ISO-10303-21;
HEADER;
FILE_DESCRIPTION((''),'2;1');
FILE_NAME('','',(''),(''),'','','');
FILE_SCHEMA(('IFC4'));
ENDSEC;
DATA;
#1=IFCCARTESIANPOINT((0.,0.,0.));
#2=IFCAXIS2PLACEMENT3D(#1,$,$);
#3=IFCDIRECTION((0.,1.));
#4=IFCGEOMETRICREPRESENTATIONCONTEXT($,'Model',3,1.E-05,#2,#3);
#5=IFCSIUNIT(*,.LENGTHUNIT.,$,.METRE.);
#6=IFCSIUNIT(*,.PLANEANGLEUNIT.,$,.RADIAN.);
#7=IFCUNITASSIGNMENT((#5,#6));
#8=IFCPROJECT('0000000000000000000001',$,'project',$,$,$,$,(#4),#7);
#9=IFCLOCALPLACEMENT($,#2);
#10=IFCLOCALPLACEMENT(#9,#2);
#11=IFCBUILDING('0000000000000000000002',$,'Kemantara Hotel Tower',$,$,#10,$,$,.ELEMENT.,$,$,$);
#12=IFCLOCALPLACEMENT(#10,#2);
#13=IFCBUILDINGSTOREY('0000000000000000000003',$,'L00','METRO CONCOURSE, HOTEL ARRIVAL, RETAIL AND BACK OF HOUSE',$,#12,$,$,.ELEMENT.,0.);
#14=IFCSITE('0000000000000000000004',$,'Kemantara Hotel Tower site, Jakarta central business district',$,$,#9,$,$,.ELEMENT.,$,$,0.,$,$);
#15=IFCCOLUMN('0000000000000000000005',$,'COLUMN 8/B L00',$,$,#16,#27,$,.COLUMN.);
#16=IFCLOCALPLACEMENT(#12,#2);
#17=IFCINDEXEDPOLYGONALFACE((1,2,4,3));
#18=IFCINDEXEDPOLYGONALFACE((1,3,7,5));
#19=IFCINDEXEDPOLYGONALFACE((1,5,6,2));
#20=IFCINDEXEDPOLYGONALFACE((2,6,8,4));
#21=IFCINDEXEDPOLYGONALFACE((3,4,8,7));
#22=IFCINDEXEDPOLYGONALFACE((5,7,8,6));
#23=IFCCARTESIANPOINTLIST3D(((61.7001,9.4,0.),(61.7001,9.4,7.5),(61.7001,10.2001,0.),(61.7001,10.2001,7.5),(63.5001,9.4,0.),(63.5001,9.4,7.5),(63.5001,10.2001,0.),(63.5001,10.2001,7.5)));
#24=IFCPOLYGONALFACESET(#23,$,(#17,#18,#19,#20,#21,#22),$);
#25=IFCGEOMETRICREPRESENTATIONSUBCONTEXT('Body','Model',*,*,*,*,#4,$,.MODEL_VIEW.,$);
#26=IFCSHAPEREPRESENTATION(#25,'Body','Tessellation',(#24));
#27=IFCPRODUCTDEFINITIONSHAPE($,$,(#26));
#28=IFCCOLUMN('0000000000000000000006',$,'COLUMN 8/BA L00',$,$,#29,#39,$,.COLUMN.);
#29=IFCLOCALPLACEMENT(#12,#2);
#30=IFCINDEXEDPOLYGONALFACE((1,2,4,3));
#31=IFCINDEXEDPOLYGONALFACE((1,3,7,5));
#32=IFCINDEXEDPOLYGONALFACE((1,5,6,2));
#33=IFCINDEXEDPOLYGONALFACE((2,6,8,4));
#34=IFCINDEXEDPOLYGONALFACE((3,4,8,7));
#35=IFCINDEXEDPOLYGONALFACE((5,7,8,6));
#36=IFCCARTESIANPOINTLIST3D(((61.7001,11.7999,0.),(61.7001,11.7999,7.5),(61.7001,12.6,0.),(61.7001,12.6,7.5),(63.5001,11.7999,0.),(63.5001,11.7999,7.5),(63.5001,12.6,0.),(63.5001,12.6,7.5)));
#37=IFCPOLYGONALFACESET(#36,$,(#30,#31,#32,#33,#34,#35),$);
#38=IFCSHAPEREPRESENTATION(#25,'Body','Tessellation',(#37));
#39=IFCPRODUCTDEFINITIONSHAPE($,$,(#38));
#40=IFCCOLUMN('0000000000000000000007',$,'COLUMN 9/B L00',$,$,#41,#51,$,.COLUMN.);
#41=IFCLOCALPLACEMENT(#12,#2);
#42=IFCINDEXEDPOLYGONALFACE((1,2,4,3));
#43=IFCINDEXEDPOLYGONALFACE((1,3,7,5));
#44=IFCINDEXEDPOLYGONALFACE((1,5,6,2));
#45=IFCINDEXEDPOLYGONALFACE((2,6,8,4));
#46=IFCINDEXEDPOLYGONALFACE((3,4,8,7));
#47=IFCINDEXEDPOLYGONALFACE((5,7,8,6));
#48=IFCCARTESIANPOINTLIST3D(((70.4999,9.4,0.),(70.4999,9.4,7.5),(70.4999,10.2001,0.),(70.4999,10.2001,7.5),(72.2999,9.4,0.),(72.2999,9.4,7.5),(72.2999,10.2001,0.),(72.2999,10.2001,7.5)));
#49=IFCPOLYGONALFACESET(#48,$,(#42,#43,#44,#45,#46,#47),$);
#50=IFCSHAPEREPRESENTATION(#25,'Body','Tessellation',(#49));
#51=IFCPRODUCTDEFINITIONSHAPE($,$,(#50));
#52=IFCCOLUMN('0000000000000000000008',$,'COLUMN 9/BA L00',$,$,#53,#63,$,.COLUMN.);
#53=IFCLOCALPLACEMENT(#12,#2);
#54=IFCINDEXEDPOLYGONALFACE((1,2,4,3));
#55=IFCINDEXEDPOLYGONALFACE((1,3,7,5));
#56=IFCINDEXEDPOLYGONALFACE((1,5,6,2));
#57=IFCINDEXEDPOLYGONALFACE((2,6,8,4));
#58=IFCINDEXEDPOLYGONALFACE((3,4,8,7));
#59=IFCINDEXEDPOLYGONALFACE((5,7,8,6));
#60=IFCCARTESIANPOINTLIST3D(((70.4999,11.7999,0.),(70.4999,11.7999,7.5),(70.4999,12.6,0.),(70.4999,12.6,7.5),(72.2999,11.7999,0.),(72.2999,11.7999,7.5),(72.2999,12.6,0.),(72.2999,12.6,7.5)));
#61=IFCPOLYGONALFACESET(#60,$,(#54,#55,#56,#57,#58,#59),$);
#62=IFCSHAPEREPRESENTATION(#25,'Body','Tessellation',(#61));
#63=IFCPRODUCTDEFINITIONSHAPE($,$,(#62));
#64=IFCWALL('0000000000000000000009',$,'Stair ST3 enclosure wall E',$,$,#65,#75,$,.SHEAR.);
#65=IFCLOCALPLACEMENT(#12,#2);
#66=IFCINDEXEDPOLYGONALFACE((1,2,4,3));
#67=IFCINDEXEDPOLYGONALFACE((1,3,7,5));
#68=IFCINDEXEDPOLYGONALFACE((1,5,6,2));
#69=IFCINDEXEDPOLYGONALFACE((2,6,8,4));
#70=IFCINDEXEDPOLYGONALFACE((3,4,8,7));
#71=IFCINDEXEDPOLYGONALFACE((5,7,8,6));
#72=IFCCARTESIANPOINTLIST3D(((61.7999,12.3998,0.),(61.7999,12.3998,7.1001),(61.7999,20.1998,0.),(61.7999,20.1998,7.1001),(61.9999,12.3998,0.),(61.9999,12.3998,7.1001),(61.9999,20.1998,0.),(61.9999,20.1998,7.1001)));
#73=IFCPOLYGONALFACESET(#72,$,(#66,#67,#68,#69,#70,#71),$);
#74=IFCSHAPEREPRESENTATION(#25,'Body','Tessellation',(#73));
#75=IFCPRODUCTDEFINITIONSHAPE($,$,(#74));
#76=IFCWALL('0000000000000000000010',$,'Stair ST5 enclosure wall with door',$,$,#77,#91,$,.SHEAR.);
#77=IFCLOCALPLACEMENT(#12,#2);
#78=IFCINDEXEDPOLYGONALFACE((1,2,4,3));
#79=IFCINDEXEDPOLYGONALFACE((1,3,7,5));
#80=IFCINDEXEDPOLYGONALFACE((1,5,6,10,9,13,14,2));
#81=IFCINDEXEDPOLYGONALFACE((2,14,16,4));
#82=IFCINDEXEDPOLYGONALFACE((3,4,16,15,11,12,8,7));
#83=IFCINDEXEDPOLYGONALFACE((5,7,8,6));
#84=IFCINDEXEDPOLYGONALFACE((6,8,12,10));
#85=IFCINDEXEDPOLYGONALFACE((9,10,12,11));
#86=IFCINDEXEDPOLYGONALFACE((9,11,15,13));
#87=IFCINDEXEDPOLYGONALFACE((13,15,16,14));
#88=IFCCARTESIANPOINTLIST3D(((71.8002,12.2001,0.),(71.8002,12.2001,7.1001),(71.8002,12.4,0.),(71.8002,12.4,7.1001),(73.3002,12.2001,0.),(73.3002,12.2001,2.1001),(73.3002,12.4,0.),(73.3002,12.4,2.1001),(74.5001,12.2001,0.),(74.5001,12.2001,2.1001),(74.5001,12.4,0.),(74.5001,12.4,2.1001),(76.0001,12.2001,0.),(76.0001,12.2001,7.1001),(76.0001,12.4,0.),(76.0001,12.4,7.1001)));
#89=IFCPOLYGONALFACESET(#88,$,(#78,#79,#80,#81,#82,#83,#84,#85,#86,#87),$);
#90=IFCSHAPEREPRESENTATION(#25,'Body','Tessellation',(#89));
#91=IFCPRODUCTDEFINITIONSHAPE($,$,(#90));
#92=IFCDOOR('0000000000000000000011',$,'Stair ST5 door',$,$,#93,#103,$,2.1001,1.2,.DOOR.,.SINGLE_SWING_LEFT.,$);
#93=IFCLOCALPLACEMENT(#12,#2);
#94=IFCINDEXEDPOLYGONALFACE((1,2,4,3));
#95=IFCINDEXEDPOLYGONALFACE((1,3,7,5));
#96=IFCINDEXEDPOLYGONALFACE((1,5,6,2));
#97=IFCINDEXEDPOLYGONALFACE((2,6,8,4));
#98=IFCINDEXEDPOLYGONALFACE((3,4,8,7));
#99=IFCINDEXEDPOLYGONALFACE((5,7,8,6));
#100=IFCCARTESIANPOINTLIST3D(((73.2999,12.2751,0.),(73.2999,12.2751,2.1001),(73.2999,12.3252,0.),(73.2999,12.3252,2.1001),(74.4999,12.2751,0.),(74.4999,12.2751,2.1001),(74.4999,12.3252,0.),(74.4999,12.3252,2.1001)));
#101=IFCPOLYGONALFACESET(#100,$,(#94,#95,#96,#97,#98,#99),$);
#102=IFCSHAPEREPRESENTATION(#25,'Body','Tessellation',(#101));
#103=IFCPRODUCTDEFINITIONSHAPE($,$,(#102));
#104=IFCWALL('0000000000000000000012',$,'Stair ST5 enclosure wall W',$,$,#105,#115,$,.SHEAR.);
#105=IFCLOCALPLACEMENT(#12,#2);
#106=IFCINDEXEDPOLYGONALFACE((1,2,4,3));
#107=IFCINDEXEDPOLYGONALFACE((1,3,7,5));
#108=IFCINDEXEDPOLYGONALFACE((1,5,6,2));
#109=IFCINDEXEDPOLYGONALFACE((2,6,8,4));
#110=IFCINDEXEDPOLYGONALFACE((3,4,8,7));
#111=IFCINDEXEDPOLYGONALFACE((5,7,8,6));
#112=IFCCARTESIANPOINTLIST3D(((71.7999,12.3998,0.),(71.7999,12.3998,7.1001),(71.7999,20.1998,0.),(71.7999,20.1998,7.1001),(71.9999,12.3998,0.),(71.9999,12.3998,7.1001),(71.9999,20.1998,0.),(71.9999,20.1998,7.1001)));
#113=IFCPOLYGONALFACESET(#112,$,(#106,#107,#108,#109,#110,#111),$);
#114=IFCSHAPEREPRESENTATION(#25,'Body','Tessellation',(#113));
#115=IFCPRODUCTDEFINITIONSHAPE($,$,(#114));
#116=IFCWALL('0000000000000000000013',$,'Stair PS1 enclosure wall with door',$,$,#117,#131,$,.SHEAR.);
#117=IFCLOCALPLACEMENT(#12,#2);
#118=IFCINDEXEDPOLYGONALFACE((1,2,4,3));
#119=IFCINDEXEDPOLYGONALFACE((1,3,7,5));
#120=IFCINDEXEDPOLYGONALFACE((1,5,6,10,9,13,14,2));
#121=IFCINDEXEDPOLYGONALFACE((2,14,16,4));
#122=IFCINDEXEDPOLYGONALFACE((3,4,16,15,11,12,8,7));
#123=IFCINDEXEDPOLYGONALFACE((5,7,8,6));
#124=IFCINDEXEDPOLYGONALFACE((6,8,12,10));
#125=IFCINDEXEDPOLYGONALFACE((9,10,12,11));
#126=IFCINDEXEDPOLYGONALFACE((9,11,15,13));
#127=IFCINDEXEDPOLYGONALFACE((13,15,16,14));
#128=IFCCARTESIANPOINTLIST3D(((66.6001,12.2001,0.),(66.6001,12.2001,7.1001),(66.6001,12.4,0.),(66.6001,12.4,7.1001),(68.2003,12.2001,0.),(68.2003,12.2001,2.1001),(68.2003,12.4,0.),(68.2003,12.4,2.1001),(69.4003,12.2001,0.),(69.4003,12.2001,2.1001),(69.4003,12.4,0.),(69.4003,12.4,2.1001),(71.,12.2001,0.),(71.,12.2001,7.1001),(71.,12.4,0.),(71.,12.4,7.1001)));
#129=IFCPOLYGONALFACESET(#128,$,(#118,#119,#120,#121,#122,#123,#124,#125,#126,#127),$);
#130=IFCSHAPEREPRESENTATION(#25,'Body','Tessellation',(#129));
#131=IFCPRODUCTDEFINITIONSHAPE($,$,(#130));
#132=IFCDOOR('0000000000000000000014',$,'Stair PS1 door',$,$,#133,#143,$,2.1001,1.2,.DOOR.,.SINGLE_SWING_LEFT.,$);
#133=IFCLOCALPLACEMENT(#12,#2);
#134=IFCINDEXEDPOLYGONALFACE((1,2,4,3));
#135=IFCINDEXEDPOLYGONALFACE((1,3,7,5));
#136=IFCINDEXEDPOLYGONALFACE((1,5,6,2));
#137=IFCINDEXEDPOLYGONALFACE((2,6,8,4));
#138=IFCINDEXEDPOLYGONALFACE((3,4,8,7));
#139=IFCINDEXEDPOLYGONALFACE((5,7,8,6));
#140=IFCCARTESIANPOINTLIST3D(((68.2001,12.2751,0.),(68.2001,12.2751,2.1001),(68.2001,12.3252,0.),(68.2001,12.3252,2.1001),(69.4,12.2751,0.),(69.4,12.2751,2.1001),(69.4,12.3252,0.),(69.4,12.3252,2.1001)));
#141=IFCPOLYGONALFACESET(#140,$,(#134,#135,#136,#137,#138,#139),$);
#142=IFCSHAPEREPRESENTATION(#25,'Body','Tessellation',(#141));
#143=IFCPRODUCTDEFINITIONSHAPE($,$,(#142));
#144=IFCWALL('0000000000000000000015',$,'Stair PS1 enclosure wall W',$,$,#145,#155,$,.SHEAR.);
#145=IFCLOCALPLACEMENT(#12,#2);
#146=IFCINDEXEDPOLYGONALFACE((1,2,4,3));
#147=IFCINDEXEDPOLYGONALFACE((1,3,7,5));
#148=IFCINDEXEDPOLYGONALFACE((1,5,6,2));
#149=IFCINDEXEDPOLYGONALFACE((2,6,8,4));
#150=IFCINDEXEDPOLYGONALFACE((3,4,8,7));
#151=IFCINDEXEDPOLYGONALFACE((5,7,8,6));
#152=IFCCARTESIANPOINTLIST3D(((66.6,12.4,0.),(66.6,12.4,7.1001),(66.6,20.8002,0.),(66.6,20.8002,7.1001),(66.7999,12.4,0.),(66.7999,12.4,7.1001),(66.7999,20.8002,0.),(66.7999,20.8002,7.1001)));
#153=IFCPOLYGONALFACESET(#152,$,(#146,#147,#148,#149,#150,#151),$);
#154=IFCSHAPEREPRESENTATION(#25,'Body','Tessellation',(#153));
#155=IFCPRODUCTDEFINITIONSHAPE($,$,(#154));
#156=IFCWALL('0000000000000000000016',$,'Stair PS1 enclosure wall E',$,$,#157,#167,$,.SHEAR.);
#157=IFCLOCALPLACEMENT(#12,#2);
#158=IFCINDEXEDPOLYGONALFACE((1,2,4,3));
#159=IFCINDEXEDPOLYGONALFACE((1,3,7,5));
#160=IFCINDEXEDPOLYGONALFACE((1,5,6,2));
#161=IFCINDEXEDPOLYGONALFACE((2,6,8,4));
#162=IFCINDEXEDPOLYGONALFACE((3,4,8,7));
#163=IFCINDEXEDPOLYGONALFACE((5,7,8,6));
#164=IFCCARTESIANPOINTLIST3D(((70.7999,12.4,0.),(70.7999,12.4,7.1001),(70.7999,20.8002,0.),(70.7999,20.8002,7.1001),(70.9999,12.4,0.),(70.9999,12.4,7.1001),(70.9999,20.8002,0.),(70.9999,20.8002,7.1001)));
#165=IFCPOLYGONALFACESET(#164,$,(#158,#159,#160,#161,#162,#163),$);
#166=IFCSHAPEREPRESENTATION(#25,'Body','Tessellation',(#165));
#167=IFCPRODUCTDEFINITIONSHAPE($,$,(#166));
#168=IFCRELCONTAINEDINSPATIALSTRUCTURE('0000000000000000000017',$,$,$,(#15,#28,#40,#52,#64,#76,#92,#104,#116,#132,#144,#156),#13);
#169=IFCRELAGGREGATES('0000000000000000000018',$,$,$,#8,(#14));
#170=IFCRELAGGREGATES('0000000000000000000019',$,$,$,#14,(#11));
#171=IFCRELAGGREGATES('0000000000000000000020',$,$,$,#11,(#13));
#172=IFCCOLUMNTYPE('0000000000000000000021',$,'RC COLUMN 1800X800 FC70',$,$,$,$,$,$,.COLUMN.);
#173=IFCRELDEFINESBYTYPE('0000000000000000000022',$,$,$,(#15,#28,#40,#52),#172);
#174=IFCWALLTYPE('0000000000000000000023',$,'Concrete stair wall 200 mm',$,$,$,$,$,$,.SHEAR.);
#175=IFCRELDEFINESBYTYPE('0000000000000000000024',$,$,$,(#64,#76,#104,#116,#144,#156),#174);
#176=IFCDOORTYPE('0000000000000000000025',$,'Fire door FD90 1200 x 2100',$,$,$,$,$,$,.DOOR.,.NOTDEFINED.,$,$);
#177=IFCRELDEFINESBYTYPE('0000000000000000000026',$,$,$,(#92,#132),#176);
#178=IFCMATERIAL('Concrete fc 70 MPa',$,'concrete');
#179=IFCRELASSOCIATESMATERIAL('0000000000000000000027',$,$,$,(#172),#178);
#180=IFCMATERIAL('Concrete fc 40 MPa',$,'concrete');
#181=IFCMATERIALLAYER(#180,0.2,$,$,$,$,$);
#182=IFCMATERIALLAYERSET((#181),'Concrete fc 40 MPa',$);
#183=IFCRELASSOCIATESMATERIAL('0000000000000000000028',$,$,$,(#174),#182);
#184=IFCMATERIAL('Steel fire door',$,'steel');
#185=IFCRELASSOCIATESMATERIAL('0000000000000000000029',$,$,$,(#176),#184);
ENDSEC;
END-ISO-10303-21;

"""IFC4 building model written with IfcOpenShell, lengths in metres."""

from ifc_helpers import new_model, si_unit, direction, frame, frame_2d, origin, origin_2d, place, context, subcontext, project, spatial, rectangle, extrude, material, layer, layer_set, material_profile, profile_set, type_object, element, fill, save


model = new_model("IFC4")

# Units and contexts
model_context = context("Model", 3, precision=1e-05, world=origin(), true_north=direction((0.0, 1.0)))
body_context = subcontext(model_context, "Body", "Model", "MODEL_VIEW")
ifc_project = project(units=[si_unit("LENGTHUNIT", "METRE"), si_unit("PLANEANGLEUNIT", "RADIAN")], contexts=[model_context])

# Site, building, storey
site_placement = place(None, origin())
site = spatial("IfcSite", under=ifc_project, at=site_placement, Name="Kemantara Hotel Tower site, Jakarta central business district", CompositionType="ELEMENT", RefElevation=0.0)
building_placement = place(site_placement, origin())
building = spatial("IfcBuilding", under=site, at=building_placement, Name="Kemantara Hotel Tower", CompositionType="ELEMENT")
storey_placement = place(building_placement, origin())
storey = spatial("IfcBuildingStorey", under=building, at=storey_placement, Name="L00", Description="METRO CONCOURSE, HOTEL ARRIVAL, RETAIL AND BACK OF HOUSE", CompositionType="ELEMENT", Elevation=0.0)

# Columns
ifc_material_1 = material(Name="Concrete fc 70 MPa", Category="concrete")
ifc_material_profile = material_profile(ifc_material_1, rectangle(XDim=1.8, YDim=0.8, at=origin_2d()), Name="RC 1800X800")
ifc_profile_set = profile_set([ifc_material_profile], Name="Concrete fc 70 MPa")
column_type = type_object("IfcColumnType", Name="RC COLUMN 1800X800 FC70", PredefinedType="COLUMN", material=ifc_profile_set)
for number, where, z_axis, x_axis, name in (
    (1, (62.6001, 9.8, 0.0), (0.0, 0.0, 1.0), (1.0, 0.0, 0.0), "COLUMN 8/B L00"),
    (2, (62.6001, 12.2, 0.0), (0.0, 0.0, 1.0), (1.0, 0.0, 0.0), "COLUMN 8/BA L00"),
    (3, (71.3999, 9.8, 0.0), (0.0, 0.0, 1.0), (1.0, 0.0, 0.0), "COLUMN 9/B L00"),
    (4, (71.3999, 12.2, 0.0), (0.0, 0.0, 1.0), (1.0, 0.0, 0.0), "COLUMN 9/BA L00"),
):
    element("IfcColumn", number, at=place(storey_placement, frame(where, z_axis=z_axis, x_axis=x_axis)), inside=storey, type_object=column_type, Name=name, PredefinedType="COLUMN", context=body_context, shape_type="SweptSolid", body=[
        extrude(rectangle(XDim=1.8, YDim=0.8, at=origin_2d()), origin(), (0.0, 0.0, 1.0), 7.5),
    ])

# Wall
ifc_material_2 = material(Name="Concrete fc 40 MPa", Category="concrete")
ifc_layer_1 = layer(ifc_material_2, 0.2)
ifc_layer_set_1 = layer_set([ifc_layer_1], Name="Concrete fc 40 MPa")
wall_type_1 = type_object("IfcWallType", Name="Concrete stair wall 200 mm", PredefinedType="SHEAR", material=ifc_layer_set_1)
wall_1_placement = place(storey_placement, frame((61.8999, 12.3999, 0.0), z_axis=(0.0, 0.0, 1.0), x_axis=(0.0, 1.0, 0.0)))
element("IfcWall", 5, at=wall_1_placement, inside=storey, type_object=wall_type_1, Name="Stair ST3 enclosure wall E", PredefinedType="SHEAR", context=body_context, shape_type="SweptSolid", body=[
    extrude(rectangle(XDim=7.8, YDim=0.2, at=frame_2d((3.8999, 0.0))), origin(), (0.0, 0.0, 1.0), 7.1001),
])

# Wall, opening, door
wall_2_placement = place(storey_placement, frame((71.8, 12.3, 0.0), z_axis=(0.0, 0.0, 1.0), x_axis=(1.0, 0.0, 0.0)))
wall_2 = element("IfcWall", 6, at=wall_2_placement, inside=storey, type_object=wall_type_1, Name="Stair ST5 enclosure wall with door", PredefinedType="SHEAR", context=body_context, shape_type="SweptSolid", body=[
    extrude(rectangle(XDim=4.2, YDim=0.2, at=frame_2d((2.1001, 0.0))), origin(), (0.0, 0.0, 1.0), 7.1001),
])
opening_1_placement = place(wall_2_placement, frame((1.5, 0.0, 0.0)))
opening_1 = element("IfcOpeningElement", 7, at=opening_1_placement, cuts=wall_2, PredefinedType="OPENING", context=body_context, shape_type="SweptSolid", body=[
    extrude(rectangle(XDim=1.2, YDim=2.1001, at=frame_2d((0.6001, 1.05))), frame((0.0, 0.1099, 0.0), z_axis=(0.0, -1.0, 0.0), x_axis=(1.0, 0.0, 0.0)), (0.0, 0.0, 1.0), 0.22),
])
ifc_material_3 = material(Name="Steel fire door", Category="steel")
door_type_1 = type_object("IfcDoorType", Name="Fire door FD90 1200 x 2100", OperationType="NOTDEFINED", PredefinedType="DOOR", material=ifc_material_3)
door_1_placement = place(opening_1_placement, frame((1.2, 0.0, 0.0), z_axis=(0.0, 0.0, 1.0), x_axis=(-1.0, 0.0, 0.0)))
door_1 = element("IfcDoor", 8, at=door_1_placement, inside=storey, type_object=door_type_1, Name="Stair ST5 door", OperationType="SINGLE_SWING_LEFT", OverallHeight=2.1001, OverallWidth=1.2, PredefinedType="DOOR", context=body_context, shape_type="SweptSolid", body=[
    extrude(rectangle(XDim=1.2, YDim=2.1001, at=frame_2d((0.6001, 1.05))), frame((0.0, 0.0249, 0.0), z_axis=(0.0, -1.0, 0.0), x_axis=(1.0, 0.0, 0.0)), (0.0, 0.0, 1.0), 0.05),
])
fill(opening_1, door_1)

# Wall
wall_3_placement = place(storey_placement, frame((71.8999, 12.3999, 0.0), z_axis=(0.0, 0.0, 1.0), x_axis=(0.0, 1.0, 0.0)))
element("IfcWall", 9, at=wall_3_placement, inside=storey, type_object=wall_type_1, Name="Stair ST5 enclosure wall W", PredefinedType="SHEAR", context=body_context, shape_type="SweptSolid", body=[
    extrude(rectangle(XDim=7.8, YDim=0.2, at=frame_2d((3.8999, 0.0))), origin(), (0.0, 0.0, 1.0), 7.1001),
])

# Wall, opening, door
wall_4_placement = place(storey_placement, frame((66.6001, 12.3, 0.0), z_axis=(0.0, 0.0, 1.0), x_axis=(1.0, 0.0, 0.0)))
wall_4 = element("IfcWall", 10, at=wall_4_placement, inside=storey, type_object=wall_type_1, Name="Stair PS1 enclosure wall with door", PredefinedType="SHEAR", context=body_context, shape_type="SweptSolid", body=[
    extrude(rectangle(XDim=4.3999, YDim=0.2, at=frame_2d((2.2, 0.0))), origin(), (0.0, 0.0, 1.0), 7.1001),
])
opening_2_placement = place(wall_4_placement, frame((1.6001, 0.0, 0.0)))
opening_2 = element("IfcOpeningElement", 11, at=opening_2_placement, cuts=wall_4, PredefinedType="OPENING", context=body_context, shape_type="SweptSolid", body=[
    extrude(rectangle(XDim=1.2, YDim=2.1001, at=frame_2d((0.6001, 1.05))), frame((0.0, 0.1099, 0.0), z_axis=(0.0, -1.0, 0.0), x_axis=(1.0, 0.0, 0.0)), (0.0, 0.0, 1.0), 0.22),
])
door_2_placement = place(opening_2_placement, frame((1.2, 0.0, 0.0), z_axis=(0.0, 0.0, 1.0), x_axis=(-1.0, 0.0, 0.0)))
door_2 = element("IfcDoor", 12, at=door_2_placement, inside=storey, type_object=door_type_1, Name="Stair PS1 door", OperationType="SINGLE_SWING_LEFT", OverallHeight=2.1001, OverallWidth=1.2, PredefinedType="DOOR", context=body_context, shape_type="SweptSolid", body=[
    extrude(rectangle(XDim=1.2, YDim=2.1001, at=frame_2d((0.6001, 1.05))), frame((0.0, 0.0249, 0.0), z_axis=(0.0, -1.0, 0.0), x_axis=(1.0, 0.0, 0.0)), (0.0, 0.0, 1.0), 0.05),
])
fill(opening_2, door_2)

# Walls
for number, where, z_axis, x_axis, name in (
    (13, (66.7, 12.3999, 0.0), (0.0, 0.0, 1.0), (0.0, 1.0, 0.0), "Stair PS1 enclosure wall W"),
    (14, (70.8999, 12.3999, 0.0), (0.0, 0.0, 1.0), (0.0, 1.0, 0.0), "Stair PS1 enclosure wall E"),
):
    element("IfcWall", number, at=place(storey_placement, frame(where, z_axis=z_axis, x_axis=x_axis)), inside=storey, type_object=wall_type_1, Name=name, PredefinedType="SHEAR", context=body_context, shape_type="SweptSolid", body=[
        extrude(rectangle(XDim=8.4001, YDim=0.2, at=frame_2d((4.2002, 0.0))), origin(), (0.0, 0.0, 1.0), 7.1001),
    ])

save(model, "model.ifc")
